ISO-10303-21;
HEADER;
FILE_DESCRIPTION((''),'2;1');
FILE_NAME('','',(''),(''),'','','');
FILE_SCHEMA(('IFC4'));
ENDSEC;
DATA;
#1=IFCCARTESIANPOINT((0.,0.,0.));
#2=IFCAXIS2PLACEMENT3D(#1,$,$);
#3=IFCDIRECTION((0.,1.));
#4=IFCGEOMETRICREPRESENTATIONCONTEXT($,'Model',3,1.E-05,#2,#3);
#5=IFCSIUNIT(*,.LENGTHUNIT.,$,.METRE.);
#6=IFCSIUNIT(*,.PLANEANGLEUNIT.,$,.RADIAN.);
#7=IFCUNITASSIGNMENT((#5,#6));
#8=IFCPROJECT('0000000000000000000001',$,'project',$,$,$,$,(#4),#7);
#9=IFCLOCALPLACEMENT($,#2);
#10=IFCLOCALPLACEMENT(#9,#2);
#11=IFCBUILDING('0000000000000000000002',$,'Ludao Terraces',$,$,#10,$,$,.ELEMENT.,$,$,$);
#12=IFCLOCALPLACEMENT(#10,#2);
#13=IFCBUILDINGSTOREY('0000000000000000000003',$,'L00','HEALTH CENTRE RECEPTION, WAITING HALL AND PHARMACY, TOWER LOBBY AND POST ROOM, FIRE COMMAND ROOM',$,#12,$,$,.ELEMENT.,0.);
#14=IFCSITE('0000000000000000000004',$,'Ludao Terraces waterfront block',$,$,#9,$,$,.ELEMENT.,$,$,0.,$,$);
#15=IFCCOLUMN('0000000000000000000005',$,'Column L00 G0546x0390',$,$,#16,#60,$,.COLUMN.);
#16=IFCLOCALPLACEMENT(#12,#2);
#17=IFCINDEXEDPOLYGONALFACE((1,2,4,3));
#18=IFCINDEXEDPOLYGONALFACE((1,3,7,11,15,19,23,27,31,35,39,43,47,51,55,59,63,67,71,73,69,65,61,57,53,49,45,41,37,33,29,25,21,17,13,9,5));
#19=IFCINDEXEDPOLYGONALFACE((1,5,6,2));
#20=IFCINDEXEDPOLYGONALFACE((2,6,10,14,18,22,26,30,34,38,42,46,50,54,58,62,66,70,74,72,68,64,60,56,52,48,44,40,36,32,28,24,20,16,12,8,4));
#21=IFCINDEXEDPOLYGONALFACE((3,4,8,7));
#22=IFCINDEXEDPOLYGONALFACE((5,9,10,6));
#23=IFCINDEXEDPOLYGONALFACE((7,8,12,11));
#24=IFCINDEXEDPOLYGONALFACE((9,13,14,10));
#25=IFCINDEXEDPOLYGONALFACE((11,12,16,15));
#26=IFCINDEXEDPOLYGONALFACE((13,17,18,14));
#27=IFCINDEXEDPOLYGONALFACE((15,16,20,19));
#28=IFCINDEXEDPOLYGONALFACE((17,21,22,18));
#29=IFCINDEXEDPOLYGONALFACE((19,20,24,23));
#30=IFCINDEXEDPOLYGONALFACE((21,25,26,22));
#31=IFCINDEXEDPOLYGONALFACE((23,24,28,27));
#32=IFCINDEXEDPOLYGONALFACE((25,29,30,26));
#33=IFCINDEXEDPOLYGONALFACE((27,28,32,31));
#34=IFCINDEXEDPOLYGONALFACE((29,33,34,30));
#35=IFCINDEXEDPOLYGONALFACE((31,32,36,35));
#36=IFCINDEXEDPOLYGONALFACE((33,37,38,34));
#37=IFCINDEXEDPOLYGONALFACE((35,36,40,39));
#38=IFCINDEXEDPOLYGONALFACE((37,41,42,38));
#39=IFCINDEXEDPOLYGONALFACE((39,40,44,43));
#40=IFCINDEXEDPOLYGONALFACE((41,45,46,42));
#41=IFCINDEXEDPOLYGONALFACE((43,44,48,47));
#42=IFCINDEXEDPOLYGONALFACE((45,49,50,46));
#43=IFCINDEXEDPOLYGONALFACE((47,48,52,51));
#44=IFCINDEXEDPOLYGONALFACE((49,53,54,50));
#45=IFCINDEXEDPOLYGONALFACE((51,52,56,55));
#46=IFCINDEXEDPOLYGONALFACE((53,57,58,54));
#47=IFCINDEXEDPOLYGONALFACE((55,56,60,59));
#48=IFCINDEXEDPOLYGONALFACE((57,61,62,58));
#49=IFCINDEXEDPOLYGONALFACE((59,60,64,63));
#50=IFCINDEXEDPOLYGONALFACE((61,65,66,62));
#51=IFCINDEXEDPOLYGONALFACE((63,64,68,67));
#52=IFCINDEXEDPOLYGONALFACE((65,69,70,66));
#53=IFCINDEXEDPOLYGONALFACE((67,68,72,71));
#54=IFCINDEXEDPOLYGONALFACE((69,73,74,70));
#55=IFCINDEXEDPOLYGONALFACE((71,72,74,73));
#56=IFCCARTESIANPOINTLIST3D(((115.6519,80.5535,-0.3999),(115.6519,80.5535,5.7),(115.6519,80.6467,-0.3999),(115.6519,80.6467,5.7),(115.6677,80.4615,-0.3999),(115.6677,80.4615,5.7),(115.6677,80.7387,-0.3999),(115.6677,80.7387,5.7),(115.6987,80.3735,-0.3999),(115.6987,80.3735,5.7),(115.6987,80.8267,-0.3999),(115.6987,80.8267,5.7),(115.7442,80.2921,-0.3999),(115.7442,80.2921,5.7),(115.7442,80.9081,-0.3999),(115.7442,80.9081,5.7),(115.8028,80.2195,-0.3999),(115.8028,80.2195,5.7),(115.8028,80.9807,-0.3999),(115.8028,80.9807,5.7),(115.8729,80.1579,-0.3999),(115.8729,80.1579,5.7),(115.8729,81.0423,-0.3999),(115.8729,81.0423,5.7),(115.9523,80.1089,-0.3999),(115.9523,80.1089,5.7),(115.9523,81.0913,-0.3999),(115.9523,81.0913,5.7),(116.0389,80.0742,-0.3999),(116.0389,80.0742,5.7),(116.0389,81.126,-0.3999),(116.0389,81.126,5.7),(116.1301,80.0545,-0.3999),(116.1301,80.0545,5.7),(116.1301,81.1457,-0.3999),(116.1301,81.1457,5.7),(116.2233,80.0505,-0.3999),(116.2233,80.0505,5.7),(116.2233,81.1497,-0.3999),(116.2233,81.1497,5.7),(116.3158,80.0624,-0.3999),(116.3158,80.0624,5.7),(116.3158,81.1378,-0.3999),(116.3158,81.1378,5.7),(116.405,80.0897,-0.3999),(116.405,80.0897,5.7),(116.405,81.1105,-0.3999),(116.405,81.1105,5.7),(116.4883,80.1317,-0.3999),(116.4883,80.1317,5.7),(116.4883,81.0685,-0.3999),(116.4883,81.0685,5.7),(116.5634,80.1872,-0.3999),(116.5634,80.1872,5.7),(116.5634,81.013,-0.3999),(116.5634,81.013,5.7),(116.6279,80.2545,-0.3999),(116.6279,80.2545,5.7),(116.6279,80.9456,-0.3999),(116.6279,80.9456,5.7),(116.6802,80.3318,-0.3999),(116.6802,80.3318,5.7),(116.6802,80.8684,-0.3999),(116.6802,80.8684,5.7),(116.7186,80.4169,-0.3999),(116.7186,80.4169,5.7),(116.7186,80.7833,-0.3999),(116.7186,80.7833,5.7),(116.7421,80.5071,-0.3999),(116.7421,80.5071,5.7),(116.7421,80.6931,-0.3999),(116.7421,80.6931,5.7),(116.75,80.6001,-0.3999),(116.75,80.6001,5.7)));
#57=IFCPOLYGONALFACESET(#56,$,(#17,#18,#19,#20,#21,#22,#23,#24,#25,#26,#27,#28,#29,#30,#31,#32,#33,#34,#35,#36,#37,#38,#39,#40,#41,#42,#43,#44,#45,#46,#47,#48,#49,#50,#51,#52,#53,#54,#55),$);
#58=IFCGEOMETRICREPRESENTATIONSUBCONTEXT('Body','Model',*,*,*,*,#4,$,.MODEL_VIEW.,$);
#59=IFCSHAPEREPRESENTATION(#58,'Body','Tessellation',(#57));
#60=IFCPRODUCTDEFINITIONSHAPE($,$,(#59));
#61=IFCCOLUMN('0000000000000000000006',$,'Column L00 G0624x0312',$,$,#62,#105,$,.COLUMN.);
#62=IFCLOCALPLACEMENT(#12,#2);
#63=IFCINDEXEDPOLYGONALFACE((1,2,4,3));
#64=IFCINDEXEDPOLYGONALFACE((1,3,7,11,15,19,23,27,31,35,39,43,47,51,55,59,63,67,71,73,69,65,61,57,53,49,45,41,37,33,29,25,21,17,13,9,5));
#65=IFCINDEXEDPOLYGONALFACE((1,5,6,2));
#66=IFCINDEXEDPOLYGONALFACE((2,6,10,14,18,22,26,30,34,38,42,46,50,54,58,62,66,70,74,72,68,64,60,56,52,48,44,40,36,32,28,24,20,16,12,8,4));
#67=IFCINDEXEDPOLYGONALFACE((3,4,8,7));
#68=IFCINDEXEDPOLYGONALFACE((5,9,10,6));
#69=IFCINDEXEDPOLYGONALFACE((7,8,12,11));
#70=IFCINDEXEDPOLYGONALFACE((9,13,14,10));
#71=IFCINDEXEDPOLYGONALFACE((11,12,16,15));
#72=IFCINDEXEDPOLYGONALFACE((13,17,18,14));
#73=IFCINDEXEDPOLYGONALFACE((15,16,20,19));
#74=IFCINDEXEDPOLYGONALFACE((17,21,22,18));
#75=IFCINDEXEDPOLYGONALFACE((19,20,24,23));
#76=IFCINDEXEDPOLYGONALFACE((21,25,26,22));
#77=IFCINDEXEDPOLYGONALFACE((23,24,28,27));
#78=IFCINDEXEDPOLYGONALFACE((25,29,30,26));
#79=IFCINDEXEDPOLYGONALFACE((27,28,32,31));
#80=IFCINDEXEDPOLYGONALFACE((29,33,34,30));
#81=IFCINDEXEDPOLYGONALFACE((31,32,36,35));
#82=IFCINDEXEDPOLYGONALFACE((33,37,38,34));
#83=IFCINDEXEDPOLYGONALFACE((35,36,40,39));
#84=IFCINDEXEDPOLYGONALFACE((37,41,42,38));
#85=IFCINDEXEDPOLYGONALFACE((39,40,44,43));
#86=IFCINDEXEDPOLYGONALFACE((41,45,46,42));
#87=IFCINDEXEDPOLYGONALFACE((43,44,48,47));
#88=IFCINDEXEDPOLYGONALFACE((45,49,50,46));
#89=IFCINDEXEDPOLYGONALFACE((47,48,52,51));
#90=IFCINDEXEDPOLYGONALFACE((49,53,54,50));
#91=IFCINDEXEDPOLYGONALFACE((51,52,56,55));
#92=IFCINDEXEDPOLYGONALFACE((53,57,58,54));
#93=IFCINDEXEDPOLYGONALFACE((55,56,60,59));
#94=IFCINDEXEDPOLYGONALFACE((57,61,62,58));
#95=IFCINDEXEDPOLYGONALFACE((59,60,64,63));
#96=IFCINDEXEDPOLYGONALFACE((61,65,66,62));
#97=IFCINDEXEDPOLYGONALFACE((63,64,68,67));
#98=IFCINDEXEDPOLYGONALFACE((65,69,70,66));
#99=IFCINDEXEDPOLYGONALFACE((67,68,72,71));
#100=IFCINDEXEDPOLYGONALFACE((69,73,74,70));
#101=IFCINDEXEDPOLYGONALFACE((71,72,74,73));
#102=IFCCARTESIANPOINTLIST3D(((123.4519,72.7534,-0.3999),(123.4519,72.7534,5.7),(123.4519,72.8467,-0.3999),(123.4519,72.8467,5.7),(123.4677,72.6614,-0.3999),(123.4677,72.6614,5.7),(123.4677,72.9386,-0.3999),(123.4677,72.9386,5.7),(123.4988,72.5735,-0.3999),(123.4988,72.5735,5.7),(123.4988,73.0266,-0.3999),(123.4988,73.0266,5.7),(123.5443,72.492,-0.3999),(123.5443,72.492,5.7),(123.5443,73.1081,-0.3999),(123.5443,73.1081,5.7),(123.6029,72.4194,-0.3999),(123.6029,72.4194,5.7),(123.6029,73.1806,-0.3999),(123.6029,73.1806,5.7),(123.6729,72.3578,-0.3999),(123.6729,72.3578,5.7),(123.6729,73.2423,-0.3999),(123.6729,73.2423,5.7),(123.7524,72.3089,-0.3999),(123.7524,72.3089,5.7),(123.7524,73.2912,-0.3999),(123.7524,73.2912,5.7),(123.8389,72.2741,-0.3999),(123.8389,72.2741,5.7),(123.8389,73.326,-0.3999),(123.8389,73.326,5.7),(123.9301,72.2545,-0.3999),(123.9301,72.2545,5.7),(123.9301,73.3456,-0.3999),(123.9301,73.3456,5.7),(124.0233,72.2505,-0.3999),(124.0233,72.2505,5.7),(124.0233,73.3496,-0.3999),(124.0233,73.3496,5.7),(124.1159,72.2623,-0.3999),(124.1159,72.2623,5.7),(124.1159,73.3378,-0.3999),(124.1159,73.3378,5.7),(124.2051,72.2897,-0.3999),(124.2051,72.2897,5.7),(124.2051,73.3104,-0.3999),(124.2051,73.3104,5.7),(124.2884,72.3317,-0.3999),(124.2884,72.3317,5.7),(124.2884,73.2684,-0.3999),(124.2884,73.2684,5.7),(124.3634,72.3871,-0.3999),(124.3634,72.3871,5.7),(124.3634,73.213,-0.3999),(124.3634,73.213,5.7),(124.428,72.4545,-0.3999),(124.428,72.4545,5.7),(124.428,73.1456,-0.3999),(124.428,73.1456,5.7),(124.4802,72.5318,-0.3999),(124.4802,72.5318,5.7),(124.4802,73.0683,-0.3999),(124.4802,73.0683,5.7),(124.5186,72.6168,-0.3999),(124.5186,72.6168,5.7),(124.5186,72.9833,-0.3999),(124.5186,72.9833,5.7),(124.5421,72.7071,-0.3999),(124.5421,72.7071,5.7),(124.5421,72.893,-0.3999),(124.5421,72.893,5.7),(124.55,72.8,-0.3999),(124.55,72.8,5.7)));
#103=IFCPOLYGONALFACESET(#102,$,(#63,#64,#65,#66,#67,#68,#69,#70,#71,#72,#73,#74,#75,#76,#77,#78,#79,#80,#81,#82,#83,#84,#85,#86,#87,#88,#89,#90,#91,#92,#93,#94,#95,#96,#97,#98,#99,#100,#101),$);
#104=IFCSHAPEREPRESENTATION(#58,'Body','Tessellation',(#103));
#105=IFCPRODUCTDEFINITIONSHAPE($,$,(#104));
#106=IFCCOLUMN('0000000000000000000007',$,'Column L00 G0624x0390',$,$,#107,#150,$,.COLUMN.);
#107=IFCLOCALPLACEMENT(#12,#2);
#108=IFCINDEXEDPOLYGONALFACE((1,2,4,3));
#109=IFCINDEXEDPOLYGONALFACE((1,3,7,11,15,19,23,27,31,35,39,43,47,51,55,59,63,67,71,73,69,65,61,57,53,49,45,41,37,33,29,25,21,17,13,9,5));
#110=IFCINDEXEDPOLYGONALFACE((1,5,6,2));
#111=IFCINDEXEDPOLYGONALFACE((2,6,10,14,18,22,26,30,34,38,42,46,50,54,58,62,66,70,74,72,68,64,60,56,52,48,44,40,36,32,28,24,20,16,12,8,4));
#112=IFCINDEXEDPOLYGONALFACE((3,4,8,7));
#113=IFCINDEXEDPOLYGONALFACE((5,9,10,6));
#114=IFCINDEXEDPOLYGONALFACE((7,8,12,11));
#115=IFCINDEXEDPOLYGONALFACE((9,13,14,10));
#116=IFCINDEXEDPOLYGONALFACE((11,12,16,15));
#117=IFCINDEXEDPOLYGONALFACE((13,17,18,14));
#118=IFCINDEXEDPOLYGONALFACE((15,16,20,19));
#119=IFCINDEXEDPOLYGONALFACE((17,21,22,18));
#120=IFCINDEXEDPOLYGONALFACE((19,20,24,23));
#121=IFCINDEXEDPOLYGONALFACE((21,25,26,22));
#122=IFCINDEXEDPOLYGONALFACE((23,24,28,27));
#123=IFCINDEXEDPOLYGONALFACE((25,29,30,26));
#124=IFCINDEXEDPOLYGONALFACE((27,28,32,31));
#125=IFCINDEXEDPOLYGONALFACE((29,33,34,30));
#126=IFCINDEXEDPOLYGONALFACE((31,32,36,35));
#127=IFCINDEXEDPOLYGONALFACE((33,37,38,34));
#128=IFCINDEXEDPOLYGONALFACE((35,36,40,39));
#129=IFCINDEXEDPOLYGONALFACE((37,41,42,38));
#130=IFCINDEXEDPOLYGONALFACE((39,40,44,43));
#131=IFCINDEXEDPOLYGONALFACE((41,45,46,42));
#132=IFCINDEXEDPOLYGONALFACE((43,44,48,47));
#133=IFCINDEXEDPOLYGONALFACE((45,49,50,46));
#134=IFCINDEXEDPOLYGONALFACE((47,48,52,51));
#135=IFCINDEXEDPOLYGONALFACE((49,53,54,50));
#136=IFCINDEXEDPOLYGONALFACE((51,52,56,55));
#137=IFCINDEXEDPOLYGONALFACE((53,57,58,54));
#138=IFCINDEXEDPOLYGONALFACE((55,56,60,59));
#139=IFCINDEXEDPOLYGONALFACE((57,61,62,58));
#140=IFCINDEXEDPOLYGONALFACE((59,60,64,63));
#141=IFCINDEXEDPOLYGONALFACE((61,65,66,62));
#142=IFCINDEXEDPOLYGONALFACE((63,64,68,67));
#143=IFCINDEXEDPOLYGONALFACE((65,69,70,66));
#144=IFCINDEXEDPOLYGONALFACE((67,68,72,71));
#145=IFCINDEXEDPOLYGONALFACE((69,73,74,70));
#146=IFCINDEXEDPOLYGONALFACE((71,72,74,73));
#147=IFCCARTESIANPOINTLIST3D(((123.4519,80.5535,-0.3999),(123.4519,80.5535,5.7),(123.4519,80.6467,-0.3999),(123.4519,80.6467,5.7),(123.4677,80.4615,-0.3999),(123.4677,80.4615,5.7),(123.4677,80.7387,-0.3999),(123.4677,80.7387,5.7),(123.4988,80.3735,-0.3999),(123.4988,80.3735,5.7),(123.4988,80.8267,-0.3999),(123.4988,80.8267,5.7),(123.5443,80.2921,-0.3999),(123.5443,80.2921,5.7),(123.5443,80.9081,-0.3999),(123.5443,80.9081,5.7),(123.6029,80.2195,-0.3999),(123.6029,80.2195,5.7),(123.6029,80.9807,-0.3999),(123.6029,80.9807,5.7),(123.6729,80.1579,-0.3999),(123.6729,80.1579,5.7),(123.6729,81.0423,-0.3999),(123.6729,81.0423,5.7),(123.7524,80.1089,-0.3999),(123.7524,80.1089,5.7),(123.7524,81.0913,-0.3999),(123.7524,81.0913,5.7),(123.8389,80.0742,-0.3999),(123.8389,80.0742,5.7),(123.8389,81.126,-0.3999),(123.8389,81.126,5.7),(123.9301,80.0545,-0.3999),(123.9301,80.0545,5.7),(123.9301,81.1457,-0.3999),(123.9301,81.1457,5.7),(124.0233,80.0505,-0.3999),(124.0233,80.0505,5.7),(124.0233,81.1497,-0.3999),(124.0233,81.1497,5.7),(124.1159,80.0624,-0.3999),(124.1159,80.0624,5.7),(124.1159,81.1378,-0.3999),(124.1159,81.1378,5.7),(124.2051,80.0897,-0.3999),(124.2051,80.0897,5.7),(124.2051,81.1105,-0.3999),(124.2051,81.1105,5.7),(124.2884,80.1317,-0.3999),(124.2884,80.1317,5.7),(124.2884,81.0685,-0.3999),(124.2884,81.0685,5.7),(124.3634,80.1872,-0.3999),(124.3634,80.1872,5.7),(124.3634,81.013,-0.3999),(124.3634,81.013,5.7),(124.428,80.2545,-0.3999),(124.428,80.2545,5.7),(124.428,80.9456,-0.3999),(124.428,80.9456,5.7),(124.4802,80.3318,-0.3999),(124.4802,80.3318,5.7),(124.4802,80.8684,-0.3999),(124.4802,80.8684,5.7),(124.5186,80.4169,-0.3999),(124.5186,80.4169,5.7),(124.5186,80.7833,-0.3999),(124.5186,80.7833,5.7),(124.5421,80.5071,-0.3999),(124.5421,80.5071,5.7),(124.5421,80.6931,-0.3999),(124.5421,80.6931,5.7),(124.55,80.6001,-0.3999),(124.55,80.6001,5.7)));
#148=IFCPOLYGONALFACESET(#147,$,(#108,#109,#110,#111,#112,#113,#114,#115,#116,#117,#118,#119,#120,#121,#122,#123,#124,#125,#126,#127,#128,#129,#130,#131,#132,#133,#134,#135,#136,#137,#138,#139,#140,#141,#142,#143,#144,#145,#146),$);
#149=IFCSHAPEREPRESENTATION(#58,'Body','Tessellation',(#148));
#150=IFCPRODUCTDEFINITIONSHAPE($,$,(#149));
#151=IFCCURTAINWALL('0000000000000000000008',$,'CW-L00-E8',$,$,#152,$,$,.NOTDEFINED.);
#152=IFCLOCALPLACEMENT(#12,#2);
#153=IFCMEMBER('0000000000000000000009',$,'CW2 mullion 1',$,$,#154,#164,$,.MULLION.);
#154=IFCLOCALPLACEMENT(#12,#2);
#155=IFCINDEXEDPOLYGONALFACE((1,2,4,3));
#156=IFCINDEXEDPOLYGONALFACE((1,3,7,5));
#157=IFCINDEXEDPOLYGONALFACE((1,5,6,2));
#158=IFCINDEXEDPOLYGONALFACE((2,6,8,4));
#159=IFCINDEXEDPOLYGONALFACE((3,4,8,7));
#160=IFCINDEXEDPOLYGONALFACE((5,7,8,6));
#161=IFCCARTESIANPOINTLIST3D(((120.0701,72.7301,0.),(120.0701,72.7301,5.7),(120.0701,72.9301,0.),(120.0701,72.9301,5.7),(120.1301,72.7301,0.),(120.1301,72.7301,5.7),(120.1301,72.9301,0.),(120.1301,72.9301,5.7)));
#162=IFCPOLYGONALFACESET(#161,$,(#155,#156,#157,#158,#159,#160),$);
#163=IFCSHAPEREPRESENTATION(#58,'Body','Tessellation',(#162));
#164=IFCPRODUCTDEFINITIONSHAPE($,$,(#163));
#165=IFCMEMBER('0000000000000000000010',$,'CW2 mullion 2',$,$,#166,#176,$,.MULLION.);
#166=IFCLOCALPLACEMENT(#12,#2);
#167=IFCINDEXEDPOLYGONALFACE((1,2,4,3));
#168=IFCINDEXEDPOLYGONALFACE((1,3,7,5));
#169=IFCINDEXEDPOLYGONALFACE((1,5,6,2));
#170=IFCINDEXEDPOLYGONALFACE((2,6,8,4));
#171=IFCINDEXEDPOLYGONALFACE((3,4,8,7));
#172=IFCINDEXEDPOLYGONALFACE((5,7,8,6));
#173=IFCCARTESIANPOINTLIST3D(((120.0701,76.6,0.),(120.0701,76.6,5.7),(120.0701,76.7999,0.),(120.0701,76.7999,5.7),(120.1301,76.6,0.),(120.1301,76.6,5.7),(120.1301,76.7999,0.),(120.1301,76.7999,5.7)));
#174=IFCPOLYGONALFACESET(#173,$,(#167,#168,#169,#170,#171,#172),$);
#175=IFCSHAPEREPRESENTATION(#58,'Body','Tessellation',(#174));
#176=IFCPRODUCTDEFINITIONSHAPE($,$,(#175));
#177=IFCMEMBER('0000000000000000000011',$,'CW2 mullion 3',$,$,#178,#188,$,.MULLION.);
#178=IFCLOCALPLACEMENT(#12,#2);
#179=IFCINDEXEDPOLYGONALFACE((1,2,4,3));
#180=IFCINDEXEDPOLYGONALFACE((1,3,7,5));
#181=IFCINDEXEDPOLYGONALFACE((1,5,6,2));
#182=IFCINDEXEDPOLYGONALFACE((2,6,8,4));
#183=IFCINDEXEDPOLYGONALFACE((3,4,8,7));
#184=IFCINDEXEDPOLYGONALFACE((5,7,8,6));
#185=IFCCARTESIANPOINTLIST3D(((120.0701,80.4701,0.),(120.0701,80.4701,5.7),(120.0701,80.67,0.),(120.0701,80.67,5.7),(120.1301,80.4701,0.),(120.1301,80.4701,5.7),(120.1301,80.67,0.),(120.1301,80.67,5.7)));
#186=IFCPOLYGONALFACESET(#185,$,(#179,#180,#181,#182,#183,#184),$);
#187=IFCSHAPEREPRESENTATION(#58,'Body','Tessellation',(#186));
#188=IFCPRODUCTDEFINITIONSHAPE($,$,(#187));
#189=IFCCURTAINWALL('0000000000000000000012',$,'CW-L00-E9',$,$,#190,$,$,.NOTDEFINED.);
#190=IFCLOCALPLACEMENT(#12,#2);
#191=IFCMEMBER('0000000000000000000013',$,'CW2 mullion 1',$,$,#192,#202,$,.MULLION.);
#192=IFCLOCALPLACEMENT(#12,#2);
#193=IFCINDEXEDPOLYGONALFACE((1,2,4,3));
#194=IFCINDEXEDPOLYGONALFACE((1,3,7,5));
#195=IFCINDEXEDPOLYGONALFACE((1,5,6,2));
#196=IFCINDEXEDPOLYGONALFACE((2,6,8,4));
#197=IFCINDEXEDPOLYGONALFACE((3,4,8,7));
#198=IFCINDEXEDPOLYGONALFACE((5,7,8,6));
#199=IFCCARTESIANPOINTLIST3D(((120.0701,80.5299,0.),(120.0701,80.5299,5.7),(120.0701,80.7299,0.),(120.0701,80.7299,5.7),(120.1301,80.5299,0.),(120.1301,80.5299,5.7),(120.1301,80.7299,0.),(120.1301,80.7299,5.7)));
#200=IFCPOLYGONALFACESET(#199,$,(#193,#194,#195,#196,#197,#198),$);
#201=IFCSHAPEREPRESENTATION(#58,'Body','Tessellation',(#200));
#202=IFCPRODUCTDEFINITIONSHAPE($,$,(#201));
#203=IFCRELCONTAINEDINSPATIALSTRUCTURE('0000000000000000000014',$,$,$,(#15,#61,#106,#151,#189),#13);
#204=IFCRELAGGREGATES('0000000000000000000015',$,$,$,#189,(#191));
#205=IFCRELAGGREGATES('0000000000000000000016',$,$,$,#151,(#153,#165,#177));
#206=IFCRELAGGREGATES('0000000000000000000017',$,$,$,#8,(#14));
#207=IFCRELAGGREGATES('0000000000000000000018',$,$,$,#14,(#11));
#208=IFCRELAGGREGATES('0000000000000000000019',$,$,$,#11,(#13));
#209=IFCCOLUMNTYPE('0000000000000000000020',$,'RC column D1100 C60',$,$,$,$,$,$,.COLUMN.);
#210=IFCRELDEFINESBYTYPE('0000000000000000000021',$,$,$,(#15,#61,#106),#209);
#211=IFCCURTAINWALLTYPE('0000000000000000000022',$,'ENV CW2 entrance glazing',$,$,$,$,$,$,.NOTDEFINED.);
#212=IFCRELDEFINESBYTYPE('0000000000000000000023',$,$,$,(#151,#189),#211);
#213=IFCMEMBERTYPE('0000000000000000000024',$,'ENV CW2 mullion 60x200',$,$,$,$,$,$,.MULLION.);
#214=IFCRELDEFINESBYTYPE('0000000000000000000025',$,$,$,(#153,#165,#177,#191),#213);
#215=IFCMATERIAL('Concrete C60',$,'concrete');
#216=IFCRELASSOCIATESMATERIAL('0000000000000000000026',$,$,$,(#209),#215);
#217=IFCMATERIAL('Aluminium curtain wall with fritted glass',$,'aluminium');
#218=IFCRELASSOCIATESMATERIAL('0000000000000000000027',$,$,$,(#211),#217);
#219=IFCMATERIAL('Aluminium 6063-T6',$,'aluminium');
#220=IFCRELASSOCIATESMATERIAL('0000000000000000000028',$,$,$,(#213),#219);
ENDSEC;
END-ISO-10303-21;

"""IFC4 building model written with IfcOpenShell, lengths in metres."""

from ifc_helpers import new_model, si_unit, direction, frame, origin, origin_2d, place, context, subcontext, project, spatial, rectangle, circle, extrude, material, material_profile, profile_set, type_object, element, aggregate, save


model = new_model("IFC4")

# Units and contexts
model_context = context("Model", 3, precision=1e-05, world=origin(), true_north=direction((0.0, 1.0)))
body_context = subcontext(model_context, "Body", "Model", "MODEL_VIEW")
ifc_project = project(units=[si_unit("LENGTHUNIT", "METRE"), si_unit("PLANEANGLEUNIT", "RADIAN")], contexts=[model_context])

# Site, building, storey
site_placement = place(None, origin())
site = spatial("IfcSite", under=ifc_project, at=site_placement, Name="Ludao Terraces waterfront block", CompositionType="ELEMENT", RefElevation=0.0)
building_placement = place(site_placement, origin())
building = spatial("IfcBuilding", under=site, at=building_placement, Name="Ludao Terraces", CompositionType="ELEMENT")
storey_placement = place(building_placement, origin())
storey = spatial("IfcBuildingStorey", under=building, at=storey_placement, Name="L00", Description="HEALTH CENTRE RECEPTION, WAITING HALL AND PHARMACY, TOWER LOBBY AND POST ROOM, FIRE COMMAND ROOM", CompositionType="ELEMENT", Elevation=0.0)

# Columns
ifc_material_1 = material(Name="Concrete C60", Category="concrete")
ifc_material_profile_1 = material_profile(ifc_material_1, circle(Radius=0.55, at=origin_2d()), Name="D1100")
ifc_profile_set_1 = profile_set([ifc_material_profile_1], Name="Concrete C60")
column_type = type_object("IfcColumnType", Name="RC column D1100 C60", PredefinedType="COLUMN", material=ifc_profile_set_1)
for number, where, z_axis, x_axis, name in (
    (1, (116.2, 80.6001, -0.3999), (0.0, 0.0, 1.0), (1.0, 0.0, 0.0), "Column L00 G0546x0390"),
    (2, (124.0, 72.8, -0.3999), (0.0, 0.0, 1.0), (1.0, 0.0, 0.0), "Column L00 G0624x0312"),
    (3, (124.0, 80.6001, -0.3999), (0.0, 0.0, 1.0), (1.0, 0.0, 0.0), "Column L00 G0624x0390"),
):
    element("IfcColumn", number, at=place(storey_placement, frame(where, z_axis=z_axis, x_axis=x_axis)), inside=storey, type_object=column_type, Name=name, PredefinedType="COLUMN", context=body_context, shape_type="SweptSolid", body=[
        extrude(circle(Radius=0.55, at=origin_2d()), origin(), (0.0, 0.0, 1.0), 6.0999),
    ])

# Curtain wall, members
ifc_material_2 = material(Name="Aluminium curtain wall with fritted glass", Category="aluminium")
curtain_wall_type = type_object("IfcCurtainWallType", Name="ENV CW2 entrance glazing", PredefinedType="NOTDEFINED", material=ifc_material_2)
curtain_wall_1_placement = place(storey_placement, origin())
curtain_wall_1 = element("IfcCurtainWall", 4, at=curtain_wall_1_placement, inside=storey, type_object=curtain_wall_type, Name="CW-L00-E8", PredefinedType="NOTDEFINED")
ifc_material_3 = material(Name="Aluminium 6063-T6", Category="aluminium")
ifc_material_profile_2 = material_profile(ifc_material_3, rectangle(XDim=0.0601, YDim=0.2, at=origin_2d()), Name="60 X 200")
ifc_profile_set_2 = profile_set([ifc_material_profile_2], Name="Aluminium 6063-T6")
member_type_1 = type_object("IfcMemberType", Name="ENV CW2 mullion 60x200", PredefinedType="MULLION", material=ifc_profile_set_2)
member_1_placement = place(storey_placement, frame((120.1001, 72.8301, 0.0), z_axis=(0.0, 0.0, 1.0), x_axis=(-1.0, 0.0, 0.0)))
member_1 = element("IfcMember", 5, at=member_1_placement, type_object=member_type_1, Name="CW2 mullion 1", PredefinedType="MULLION", context=body_context, shape_type="SweptSolid", body=[
    extrude(rectangle(XDim=0.0601, YDim=0.2, at=origin_2d()), origin(), (0.0, 0.0, 1.0), 5.7),
])
member_2_placement = place(storey_placement, frame((120.1001, 76.7, 0.0), z_axis=(0.0, 0.0, 1.0), x_axis=(-1.0, 0.0, 0.0)))
member_2 = element("IfcMember", 6, at=member_2_placement, type_object=member_type_1, Name="CW2 mullion 2", PredefinedType="MULLION", context=body_context, shape_type="SweptSolid", body=[
    extrude(rectangle(XDim=0.0601, YDim=0.2, at=origin_2d()), origin(), (0.0, 0.0, 1.0), 5.7),
])
member_3_placement = place(storey_placement, frame((120.1001, 80.5701, 0.0), z_axis=(0.0, 0.0, 1.0), x_axis=(-1.0, 0.0, 0.0)))
member_3 = element("IfcMember", 7, at=member_3_placement, type_object=member_type_1, Name="CW2 mullion 3", PredefinedType="MULLION", context=body_context, shape_type="SweptSolid", body=[
    extrude(rectangle(XDim=0.0601, YDim=0.2, at=origin_2d()), origin(), (0.0, 0.0, 1.0), 5.7),
])

# Curtain wall, member
curtain_wall_2_placement = place(storey_placement, origin())
curtain_wall_2 = element("IfcCurtainWall", 8, at=curtain_wall_2_placement, inside=storey, type_object=curtain_wall_type, Name="CW-L00-E9", PredefinedType="NOTDEFINED")
member_4_placement = place(storey_placement, frame((120.1001, 80.6299, 0.0), z_axis=(0.0, 0.0, 1.0), x_axis=(-1.0, 0.0, 0.0)))
member_4 = element("IfcMember", 9, at=member_4_placement, type_object=member_type_1, Name="CW2 mullion 1", PredefinedType="MULLION", context=body_context, shape_type="SweptSolid", body=[
    extrude(rectangle(XDim=0.0601, YDim=0.2, at=origin_2d()), origin(), (0.0, 0.0, 1.0), 5.7),
])

aggregate(curtain_wall_2, [member_4])

aggregate(curtain_wall_1, [member_1, member_2, member_3])

save(model, "model.ifc")
